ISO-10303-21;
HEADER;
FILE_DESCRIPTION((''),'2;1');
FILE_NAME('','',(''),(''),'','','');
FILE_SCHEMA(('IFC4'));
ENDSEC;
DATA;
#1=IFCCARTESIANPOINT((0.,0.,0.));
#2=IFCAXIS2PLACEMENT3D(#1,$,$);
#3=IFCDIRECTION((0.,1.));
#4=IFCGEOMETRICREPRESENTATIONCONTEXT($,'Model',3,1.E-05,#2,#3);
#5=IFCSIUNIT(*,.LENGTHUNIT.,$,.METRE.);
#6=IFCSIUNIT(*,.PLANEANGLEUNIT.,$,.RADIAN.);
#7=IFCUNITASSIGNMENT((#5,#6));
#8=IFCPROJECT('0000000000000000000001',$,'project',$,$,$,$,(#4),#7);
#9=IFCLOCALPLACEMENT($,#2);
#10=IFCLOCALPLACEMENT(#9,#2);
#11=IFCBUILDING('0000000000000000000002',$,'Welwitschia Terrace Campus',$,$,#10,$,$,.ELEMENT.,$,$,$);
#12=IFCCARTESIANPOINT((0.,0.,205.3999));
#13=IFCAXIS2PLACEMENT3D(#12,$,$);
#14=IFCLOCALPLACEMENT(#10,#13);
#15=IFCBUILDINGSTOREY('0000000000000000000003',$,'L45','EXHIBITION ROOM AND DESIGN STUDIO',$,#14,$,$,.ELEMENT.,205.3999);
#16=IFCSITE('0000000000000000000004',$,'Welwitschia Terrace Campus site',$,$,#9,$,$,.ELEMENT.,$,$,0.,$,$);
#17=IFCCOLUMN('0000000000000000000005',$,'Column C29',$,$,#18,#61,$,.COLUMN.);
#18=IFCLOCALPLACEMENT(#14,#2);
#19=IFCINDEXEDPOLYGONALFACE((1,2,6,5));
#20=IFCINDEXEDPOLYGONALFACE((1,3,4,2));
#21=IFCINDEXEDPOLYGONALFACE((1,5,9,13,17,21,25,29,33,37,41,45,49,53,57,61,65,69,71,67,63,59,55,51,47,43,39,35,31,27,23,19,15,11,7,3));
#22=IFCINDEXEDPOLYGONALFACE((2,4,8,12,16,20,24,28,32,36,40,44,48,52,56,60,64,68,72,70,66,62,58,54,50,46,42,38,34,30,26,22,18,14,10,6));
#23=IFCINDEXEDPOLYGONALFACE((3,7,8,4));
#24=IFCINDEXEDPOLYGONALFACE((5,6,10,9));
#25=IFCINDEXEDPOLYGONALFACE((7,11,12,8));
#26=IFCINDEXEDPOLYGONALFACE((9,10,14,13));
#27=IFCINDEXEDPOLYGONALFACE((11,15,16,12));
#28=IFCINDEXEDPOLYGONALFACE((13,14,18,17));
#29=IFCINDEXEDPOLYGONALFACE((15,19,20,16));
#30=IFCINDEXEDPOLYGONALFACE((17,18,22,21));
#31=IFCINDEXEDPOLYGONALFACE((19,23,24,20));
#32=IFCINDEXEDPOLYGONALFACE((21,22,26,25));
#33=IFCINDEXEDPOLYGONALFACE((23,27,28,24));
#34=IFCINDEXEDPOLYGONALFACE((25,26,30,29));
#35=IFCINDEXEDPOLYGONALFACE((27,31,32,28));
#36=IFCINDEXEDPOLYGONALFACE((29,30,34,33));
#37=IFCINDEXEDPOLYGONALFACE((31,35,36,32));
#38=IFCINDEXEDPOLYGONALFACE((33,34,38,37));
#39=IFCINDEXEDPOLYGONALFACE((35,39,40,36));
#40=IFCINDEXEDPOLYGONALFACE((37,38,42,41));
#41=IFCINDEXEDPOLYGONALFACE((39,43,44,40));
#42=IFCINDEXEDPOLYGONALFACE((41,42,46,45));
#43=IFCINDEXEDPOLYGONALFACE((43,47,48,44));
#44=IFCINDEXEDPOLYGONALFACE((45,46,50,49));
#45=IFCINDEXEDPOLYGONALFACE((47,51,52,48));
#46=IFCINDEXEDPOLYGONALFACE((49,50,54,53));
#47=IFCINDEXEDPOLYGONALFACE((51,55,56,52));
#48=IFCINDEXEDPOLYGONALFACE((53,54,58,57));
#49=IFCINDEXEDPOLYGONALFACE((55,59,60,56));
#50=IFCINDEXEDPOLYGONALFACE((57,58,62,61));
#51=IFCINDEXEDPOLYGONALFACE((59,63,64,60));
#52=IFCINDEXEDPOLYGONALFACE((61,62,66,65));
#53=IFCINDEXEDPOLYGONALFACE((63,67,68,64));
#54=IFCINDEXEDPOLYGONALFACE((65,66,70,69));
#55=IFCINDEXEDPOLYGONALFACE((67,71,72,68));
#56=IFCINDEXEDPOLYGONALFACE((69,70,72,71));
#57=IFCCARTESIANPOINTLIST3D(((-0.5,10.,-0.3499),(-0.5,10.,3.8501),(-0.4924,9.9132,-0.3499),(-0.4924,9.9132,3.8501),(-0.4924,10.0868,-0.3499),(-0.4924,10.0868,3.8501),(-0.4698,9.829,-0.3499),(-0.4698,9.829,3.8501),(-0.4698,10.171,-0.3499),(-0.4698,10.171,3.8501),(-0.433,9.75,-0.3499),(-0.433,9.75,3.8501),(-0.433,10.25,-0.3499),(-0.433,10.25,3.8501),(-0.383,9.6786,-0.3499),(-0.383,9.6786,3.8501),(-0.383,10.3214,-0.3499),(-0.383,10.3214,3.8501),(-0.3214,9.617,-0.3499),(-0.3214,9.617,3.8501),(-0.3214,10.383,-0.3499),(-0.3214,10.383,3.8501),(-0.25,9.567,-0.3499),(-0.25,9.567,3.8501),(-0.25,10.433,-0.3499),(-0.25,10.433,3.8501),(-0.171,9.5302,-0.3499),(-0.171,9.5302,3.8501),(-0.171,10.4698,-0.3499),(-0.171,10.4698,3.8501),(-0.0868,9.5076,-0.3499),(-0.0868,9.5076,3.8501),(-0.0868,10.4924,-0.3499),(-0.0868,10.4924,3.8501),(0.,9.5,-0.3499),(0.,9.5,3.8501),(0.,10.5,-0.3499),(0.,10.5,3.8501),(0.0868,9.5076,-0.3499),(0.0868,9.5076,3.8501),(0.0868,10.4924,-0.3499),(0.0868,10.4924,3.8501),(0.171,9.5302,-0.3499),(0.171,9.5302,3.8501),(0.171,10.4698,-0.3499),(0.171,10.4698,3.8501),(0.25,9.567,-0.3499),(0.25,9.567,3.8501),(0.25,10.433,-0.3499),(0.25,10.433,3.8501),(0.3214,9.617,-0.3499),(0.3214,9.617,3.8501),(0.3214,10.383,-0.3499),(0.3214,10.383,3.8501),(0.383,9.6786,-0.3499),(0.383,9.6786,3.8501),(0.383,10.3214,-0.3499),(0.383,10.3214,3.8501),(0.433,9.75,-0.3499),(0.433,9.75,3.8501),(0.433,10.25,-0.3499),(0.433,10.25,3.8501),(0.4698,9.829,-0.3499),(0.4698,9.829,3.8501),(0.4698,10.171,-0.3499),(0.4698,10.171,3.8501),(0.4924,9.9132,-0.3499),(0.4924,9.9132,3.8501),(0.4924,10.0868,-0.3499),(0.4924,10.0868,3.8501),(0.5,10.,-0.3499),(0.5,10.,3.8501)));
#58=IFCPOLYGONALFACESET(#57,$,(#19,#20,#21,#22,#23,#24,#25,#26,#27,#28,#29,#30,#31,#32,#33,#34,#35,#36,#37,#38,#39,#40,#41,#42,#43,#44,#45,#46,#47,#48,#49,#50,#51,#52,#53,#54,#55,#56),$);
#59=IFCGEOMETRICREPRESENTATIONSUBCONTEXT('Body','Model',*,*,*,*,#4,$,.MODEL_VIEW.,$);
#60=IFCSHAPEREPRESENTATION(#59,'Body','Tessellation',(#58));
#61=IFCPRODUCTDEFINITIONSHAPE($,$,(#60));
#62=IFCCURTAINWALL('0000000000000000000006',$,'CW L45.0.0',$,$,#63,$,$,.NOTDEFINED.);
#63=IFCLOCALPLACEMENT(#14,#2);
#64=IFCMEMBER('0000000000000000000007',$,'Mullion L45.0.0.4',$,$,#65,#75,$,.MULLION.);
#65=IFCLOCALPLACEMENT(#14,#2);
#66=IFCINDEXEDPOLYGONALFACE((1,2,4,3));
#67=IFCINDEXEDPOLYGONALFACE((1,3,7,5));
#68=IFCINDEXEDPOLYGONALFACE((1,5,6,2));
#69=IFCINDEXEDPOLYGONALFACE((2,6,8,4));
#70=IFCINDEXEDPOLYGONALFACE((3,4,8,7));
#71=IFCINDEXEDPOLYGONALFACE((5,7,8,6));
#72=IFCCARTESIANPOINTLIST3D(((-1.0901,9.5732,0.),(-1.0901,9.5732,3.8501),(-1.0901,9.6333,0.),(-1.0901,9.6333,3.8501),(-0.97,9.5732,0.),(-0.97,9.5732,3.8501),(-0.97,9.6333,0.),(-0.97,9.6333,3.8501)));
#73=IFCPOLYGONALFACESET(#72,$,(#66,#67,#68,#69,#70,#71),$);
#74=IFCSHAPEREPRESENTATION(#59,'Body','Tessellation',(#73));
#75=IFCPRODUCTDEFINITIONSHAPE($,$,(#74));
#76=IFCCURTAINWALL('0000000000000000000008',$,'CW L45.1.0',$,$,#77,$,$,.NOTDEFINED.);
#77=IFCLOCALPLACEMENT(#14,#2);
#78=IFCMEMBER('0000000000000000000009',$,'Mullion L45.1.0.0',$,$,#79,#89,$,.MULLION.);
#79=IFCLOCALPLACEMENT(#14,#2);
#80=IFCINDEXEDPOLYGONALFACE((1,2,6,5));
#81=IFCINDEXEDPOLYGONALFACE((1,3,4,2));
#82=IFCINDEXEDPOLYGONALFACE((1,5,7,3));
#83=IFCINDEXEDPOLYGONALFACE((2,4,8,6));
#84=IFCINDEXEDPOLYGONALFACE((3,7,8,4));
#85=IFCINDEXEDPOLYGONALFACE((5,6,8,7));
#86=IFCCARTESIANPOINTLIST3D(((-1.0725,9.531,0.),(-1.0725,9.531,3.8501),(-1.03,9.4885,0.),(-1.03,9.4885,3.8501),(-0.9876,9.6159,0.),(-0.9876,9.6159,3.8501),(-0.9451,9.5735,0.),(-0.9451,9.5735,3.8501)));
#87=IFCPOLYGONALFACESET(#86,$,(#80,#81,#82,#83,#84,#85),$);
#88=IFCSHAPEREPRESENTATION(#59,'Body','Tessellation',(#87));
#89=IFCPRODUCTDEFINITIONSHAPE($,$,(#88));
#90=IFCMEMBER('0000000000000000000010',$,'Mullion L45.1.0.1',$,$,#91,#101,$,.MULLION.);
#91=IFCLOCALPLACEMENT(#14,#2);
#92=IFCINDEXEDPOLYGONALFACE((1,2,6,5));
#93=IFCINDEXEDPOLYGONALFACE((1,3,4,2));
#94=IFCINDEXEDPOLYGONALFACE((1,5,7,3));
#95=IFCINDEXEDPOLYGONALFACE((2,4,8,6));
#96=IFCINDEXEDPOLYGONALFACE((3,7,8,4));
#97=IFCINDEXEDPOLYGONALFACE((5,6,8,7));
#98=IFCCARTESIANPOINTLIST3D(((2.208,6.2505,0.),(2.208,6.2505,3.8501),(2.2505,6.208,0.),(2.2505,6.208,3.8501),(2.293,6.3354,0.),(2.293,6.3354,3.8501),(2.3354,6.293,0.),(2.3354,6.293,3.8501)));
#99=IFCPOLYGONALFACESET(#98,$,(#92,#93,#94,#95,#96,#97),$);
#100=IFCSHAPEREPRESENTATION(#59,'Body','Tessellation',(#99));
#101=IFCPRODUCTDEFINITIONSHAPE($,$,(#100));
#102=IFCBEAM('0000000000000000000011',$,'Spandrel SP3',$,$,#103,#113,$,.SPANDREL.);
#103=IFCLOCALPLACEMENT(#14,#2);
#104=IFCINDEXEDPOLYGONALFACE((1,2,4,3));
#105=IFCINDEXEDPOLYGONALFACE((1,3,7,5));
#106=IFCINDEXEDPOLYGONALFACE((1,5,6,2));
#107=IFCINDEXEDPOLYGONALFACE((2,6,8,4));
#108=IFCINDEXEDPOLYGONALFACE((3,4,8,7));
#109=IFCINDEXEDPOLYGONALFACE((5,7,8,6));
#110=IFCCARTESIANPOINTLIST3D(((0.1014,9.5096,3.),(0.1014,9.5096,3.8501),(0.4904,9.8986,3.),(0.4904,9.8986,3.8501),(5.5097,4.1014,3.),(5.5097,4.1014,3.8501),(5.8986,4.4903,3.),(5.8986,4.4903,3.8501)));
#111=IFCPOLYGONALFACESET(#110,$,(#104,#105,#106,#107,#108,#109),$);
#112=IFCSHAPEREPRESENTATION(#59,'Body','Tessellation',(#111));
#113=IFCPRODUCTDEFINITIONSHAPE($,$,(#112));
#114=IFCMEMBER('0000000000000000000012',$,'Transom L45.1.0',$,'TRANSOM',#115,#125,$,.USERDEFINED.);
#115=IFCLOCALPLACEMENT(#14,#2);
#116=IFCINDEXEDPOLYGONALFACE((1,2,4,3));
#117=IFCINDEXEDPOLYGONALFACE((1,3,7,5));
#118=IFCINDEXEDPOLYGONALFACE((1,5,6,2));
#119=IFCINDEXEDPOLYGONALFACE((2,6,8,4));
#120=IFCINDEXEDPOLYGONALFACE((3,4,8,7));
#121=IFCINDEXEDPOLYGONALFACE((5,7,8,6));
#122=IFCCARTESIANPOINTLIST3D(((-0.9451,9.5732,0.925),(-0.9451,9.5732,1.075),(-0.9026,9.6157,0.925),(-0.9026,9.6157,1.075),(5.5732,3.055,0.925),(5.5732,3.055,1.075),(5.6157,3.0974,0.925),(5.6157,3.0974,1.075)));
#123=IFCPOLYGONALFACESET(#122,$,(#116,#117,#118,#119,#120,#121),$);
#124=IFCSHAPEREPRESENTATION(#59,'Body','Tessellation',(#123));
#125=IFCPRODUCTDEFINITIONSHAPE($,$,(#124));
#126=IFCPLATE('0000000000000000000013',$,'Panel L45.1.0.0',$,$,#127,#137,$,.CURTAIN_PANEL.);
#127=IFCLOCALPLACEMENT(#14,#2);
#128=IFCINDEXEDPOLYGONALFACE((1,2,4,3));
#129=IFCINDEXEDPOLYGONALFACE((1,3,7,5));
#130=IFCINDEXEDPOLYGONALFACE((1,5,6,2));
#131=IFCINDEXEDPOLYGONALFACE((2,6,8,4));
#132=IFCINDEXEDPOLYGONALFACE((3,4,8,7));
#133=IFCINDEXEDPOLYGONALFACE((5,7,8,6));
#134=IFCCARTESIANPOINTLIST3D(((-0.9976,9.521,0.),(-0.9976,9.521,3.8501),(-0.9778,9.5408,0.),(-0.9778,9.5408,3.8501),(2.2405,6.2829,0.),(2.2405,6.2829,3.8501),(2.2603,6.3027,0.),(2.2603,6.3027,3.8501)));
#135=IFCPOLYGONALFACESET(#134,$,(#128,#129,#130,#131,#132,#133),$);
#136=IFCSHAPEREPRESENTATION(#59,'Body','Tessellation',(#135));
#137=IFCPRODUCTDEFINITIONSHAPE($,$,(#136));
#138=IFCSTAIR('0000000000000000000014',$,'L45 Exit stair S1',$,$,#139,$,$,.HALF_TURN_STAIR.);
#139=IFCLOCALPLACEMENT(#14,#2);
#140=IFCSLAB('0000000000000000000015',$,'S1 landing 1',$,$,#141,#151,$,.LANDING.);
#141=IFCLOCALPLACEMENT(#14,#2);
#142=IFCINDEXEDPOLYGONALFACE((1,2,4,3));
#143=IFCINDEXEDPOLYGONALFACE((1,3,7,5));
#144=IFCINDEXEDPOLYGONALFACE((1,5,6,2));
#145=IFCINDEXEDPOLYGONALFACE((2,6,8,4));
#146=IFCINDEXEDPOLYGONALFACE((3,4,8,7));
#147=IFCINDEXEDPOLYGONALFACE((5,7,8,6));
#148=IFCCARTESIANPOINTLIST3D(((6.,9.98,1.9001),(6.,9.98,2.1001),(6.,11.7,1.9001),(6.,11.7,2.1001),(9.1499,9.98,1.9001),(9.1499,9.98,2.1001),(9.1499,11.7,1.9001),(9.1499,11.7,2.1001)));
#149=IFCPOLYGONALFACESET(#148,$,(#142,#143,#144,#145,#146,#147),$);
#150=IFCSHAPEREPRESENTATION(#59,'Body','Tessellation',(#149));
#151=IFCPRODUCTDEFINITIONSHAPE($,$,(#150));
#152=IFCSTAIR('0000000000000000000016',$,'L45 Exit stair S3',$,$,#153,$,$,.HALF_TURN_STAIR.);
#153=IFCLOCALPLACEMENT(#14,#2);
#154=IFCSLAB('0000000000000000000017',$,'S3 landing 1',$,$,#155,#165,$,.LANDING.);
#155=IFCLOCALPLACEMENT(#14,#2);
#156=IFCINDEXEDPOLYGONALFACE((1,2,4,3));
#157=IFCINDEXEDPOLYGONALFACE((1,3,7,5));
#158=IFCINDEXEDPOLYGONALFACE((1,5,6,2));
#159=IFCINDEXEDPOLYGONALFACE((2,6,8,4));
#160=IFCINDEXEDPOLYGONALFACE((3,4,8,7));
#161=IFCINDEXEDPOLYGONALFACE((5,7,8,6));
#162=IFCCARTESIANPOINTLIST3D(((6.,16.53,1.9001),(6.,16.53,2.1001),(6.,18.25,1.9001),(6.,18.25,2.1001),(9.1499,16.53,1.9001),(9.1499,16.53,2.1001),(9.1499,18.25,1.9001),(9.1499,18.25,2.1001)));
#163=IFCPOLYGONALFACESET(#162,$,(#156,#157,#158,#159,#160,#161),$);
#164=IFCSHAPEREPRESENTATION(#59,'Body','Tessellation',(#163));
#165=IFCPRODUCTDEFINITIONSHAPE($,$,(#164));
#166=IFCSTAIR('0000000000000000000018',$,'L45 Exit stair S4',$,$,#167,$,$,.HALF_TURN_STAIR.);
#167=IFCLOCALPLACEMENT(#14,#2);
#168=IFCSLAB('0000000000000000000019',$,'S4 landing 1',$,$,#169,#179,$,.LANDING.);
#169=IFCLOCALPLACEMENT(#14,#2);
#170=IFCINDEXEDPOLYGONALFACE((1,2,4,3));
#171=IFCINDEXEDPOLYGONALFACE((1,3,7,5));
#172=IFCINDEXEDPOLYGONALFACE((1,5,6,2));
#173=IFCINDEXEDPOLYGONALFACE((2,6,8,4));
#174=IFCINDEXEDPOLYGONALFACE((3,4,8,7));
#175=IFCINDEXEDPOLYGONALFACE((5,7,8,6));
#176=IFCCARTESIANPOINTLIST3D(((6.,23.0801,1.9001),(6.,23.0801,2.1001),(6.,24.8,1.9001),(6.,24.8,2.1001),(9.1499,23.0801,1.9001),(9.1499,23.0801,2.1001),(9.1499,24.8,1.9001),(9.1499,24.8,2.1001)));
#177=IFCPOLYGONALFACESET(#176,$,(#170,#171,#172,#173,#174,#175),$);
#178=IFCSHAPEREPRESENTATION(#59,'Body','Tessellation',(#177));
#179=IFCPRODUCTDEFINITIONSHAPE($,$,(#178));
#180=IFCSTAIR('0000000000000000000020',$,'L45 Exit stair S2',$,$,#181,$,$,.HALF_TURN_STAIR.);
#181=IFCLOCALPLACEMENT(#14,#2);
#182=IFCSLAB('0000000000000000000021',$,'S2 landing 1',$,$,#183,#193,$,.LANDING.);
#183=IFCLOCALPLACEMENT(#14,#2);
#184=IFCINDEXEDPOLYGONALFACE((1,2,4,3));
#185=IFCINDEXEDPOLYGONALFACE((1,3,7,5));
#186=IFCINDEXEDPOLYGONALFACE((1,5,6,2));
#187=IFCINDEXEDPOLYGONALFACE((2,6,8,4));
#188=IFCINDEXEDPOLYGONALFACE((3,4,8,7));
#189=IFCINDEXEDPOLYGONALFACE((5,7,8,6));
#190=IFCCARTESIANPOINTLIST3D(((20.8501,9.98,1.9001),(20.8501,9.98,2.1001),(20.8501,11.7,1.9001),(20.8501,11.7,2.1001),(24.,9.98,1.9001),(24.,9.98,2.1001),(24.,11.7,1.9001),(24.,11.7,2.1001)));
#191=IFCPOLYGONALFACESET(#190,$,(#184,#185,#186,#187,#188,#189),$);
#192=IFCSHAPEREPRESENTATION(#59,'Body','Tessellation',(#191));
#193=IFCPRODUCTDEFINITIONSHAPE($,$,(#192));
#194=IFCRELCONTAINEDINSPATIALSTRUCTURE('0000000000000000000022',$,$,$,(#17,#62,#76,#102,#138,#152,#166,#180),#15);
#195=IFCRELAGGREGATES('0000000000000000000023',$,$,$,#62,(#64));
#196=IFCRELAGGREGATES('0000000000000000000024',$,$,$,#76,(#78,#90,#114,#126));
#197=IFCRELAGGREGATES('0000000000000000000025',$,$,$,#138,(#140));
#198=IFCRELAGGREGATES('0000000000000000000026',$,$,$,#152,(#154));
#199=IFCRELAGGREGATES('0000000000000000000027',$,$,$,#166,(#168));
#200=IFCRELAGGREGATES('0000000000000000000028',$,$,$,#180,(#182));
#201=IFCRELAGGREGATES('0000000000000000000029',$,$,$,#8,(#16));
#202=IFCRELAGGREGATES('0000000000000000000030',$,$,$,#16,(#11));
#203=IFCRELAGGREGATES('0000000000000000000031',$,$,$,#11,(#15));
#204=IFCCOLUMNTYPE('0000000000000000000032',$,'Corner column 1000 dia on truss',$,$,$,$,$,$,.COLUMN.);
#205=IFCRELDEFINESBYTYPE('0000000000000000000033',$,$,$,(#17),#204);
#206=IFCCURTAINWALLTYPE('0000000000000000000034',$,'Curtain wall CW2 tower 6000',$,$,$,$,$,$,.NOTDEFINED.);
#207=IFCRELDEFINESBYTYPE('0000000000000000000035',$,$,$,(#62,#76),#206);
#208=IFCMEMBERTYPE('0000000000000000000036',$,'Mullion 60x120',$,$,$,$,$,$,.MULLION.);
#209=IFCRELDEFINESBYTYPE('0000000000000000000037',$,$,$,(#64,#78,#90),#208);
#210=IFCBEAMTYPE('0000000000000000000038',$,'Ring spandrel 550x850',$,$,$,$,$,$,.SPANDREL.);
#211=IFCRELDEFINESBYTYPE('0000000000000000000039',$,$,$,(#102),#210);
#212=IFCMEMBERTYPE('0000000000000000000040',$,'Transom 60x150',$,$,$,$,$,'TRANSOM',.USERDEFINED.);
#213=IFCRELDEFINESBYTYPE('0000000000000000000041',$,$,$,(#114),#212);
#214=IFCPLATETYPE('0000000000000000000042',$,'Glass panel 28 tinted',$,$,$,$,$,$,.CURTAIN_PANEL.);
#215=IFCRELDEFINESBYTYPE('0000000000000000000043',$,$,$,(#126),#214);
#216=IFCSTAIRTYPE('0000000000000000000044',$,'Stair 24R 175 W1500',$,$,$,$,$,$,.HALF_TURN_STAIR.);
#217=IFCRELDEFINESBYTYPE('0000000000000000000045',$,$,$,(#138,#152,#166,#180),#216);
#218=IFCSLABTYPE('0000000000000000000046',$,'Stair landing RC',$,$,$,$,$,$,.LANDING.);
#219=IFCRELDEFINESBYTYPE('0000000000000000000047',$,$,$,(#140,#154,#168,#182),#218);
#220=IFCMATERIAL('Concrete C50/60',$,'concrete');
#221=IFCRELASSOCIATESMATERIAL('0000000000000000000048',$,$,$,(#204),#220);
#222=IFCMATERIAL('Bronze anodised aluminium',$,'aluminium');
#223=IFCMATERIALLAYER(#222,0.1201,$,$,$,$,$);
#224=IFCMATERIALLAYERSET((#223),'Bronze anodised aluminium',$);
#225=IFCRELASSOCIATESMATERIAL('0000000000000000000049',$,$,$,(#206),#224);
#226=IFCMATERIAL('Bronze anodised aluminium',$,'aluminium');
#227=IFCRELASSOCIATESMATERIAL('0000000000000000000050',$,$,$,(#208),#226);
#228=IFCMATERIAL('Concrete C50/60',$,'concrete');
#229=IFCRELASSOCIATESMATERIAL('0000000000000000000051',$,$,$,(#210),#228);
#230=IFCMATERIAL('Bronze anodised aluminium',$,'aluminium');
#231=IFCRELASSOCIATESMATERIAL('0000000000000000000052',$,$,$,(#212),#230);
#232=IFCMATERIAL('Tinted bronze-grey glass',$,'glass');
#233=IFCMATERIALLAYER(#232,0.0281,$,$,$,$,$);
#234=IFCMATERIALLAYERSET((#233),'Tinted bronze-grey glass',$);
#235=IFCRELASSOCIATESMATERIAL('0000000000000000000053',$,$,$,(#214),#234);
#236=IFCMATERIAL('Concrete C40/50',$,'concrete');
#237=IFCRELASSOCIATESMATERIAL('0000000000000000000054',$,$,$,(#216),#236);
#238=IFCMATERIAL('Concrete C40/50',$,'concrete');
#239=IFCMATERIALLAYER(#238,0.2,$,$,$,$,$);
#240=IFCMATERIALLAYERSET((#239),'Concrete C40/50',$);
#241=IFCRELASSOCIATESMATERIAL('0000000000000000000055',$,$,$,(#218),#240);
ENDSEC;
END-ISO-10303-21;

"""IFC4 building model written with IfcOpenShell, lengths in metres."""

from ifc_helpers import new_model, si_unit, direction, frame, origin, origin_2d, place, context, subcontext, project, spatial, polyline, rectangle, circle, outline, extrude, material, layer, layer_set, material_profile, profile_set, type_object, element, aggregate, save


model = new_model("IFC4")

# Units and contexts
model_context = context("Model", 3, precision=1e-05, world=origin(), true_north=direction((0.0, 1.0)))
body_context = subcontext(model_context, "Body", "Model", "MODEL_VIEW")
ifc_project = project(units=[si_unit("LENGTHUNIT", "METRE"), si_unit("PLANEANGLEUNIT", "RADIAN")], contexts=[model_context])

# Site, building, storey
site_placement = place(None, origin())
site = spatial("IfcSite", under=ifc_project, at=site_placement, Name="Welwitschia Terrace Campus site", CompositionType="ELEMENT", RefElevation=0.0)
building_placement = place(site_placement, origin())
building = spatial("IfcBuilding", under=site, at=building_placement, Name="Welwitschia Terrace Campus", CompositionType="ELEMENT")
storey_placement = place(building_placement, frame((0.0, 0.0, 205.3999)))
storey = spatial("IfcBuildingStorey", under=building, at=storey_placement, Name="L45", Description="EXHIBITION ROOM AND DESIGN STUDIO", CompositionType="ELEMENT", Elevation=205.3999)

# Column
ifc_material_1 = material(Name="Concrete C50/60", Category="concrete")
ifc_material_profile_1 = material_profile(ifc_material_1, circle(Radius=0.5, at=origin_2d()))
ifc_profile_set_1 = profile_set([ifc_material_profile_1], Name="Concrete C50/60")
column_type = type_object("IfcColumnType", Name="Corner column 1000 dia on truss", PredefinedType="COLUMN", material=ifc_profile_set_1)
column_placement = place(storey_placement, frame((0.0, 10.0, -0.3499), z_axis=(0.0, 0.0, 1.0), x_axis=(1.0, 0.0, 0.0)))
element("IfcColumn", 1, at=column_placement, inside=storey, type_object=column_type, Name="Column C29", PredefinedType="COLUMN", context=body_context, shape_type="SweptSolid", body=[
    extrude(circle(Radius=0.5, at=origin_2d()), origin(), (0.0, 0.0, 1.0), 4.2),
])

# Curtain wall, member
ifc_material_2 = material(Name="Bronze anodised aluminium", Category="aluminium")
ifc_layer_1 = layer(ifc_material_2, 0.1201)
ifc_layer_set_1 = layer_set([ifc_layer_1], Name="Bronze anodised aluminium")
curtain_wall_type = type_object("IfcCurtainWallType", Name="Curtain wall CW2 tower 6000", PredefinedType="NOTDEFINED", material=ifc_layer_set_1)
curtain_wall_1_placement = place(storey_placement, origin())
curtain_wall_1 = element("IfcCurtainWall", 2, at=curtain_wall_1_placement, inside=storey, type_object=curtain_wall_type, Name="CW L45.0.0", PredefinedType="NOTDEFINED")
ifc_material_3 = material(Name="Bronze anodised aluminium", Category="aluminium")
ifc_material_profile_2 = material_profile(ifc_material_3, rectangle(XDim=0.1201, YDim=0.0601, at=origin_2d()))
ifc_profile_set_2 = profile_set([ifc_material_profile_2], Name="Bronze anodised aluminium")
member_type_1 = type_object("IfcMemberType", Name="Mullion 60x120", PredefinedType="MULLION", material=ifc_profile_set_2)
member_1_placement = place(storey_placement, frame((-1.03, 9.6033, 0.0), z_axis=(0.0, 0.0, 1.0), x_axis=(1.0, 0.0, 0.0)))
member_1 = element("IfcMember", 3, at=member_1_placement, type_object=member_type_1, Name="Mullion L45.0.0.4", PredefinedType="MULLION", context=body_context, shape_type="SweptSolid", body=[
    extrude(rectangle(XDim=0.1201, YDim=0.0601, at=origin_2d()), origin(), (0.0, 0.0, 1.0), 3.8501),
])
aggregate(curtain_wall_1, [member_1])

# Curtain wall, members
curtain_wall_2_placement = place(storey_placement, origin())
curtain_wall_2 = element("IfcCurtainWall", 4, at=curtain_wall_2_placement, inside=storey, type_object=curtain_wall_type, Name="CW L45.1.0", PredefinedType="NOTDEFINED")
member_2_placement = place(storey_placement, frame((-1.0088, 9.5522, 0.0), z_axis=(0.0, 0.0, 1.0), x_axis=(0.707107, 0.707107, 0.0)))
member_2 = element("IfcMember", 5, at=member_2_placement, type_object=member_type_1, Name="Mullion L45.1.0.0", PredefinedType="MULLION", context=body_context, shape_type="SweptSolid", body=[
    extrude(rectangle(XDim=0.1201, YDim=0.0601, at=origin_2d()), origin(), (0.0, 0.0, 1.0), 3.8501),
])
member_3_placement = place(storey_placement, frame((2.2717, 6.2717, 0.0), z_axis=(0.0, 0.0, 1.0), x_axis=(0.707107, 0.707107, 0.0)))
member_3 = element("IfcMember", 6, at=member_3_placement, type_object=member_type_1, Name="Mullion L45.1.0.1", PredefinedType="MULLION", context=body_context, shape_type="SweptSolid", body=[
    extrude(rectangle(XDim=0.1201, YDim=0.0601, at=origin_2d()), origin(), (0.0, 0.0, 1.0), 3.8501),
])

# Beam
ifc_material_4 = material(Name="Concrete C50/60", Category="concrete")
ifc_material_profile_3 = material_profile(ifc_material_4, rectangle(XDim=0.55, YDim=0.8501, at=origin_2d()))
ifc_profile_set_3 = profile_set([ifc_material_profile_3], Name="Concrete C50/60")
beam_type = type_object("IfcBeamType", Name="Ring spandrel 550x850", PredefinedType="SPANDREL", material=ifc_profile_set_3)
beam_placement = place(storey_placement, frame((0.2959, 9.7041, 3.425), z_axis=(0.707107, -0.707107, 0.0), x_axis=(0.707107, 0.707107, 0.0)))
element("IfcBeam", 7, at=beam_placement, inside=storey, type_object=beam_type, Name="Spandrel SP3", PredefinedType="SPANDREL", context=body_context, shape_type="SweptSolid", body=[
    extrude(rectangle(XDim=0.55, YDim=0.8501, at=origin_2d()), origin(), (0.0, 0.0, 1.0), 7.6484),
])

# Member
ifc_material_5 = material(Name="Bronze anodised aluminium", Category="aluminium")
ifc_material_profile_4 = material_profile(ifc_material_5, rectangle(XDim=0.0601, YDim=0.1499, at=origin_2d()))
ifc_profile_set_4 = profile_set([ifc_material_profile_4], Name="Bronze anodised aluminium")
member_type_2 = type_object("IfcMemberType", Name="Transom 60x150", ElementType="TRANSOM", PredefinedType="USERDEFINED", material=ifc_profile_set_4)
member_4_placement = place(storey_placement, frame((-0.9238, 9.5945, 1.0), z_axis=(0.707107, -0.707107, 0.0), x_axis=(0.707107, 0.707107, 0.0)))
member_4 = element("IfcMember", 8, at=member_4_placement, type_object=member_type_2, Name="Transom L45.1.0", ObjectType="TRANSOM", PredefinedType="USERDEFINED", context=body_context, shape_type="SweptSolid", body=[
    extrude(rectangle(XDim=0.0601, YDim=0.1499, at=origin_2d()), origin(), (0.0, 0.0, 1.0), 9.2183),
])

# Plate
ifc_material_6 = material(Name="Tinted bronze-grey glass", Category="glass")
ifc_layer_2 = layer(ifc_material_6, 0.0281)
ifc_layer_set_2 = layer_set([ifc_layer_2], Name="Tinted bronze-grey glass")
plate_type = type_object("IfcPlateType", Name="Glass panel 28 tinted", PredefinedType="CURTAIN_PANEL", material=ifc_layer_set_2)
plate_placement = place(storey_placement, frame((0.6313, 7.9119, 0.0), z_axis=(0.0, 0.0, 1.0), x_axis=(0.707107, -0.707107, 0.0)))
plate = element("IfcPlate", 9, at=plate_placement, type_object=plate_type, Name="Panel L45.1.0.0", PredefinedType="CURTAIN_PANEL", context=body_context, shape_type="SweptSolid", body=[
    extrude(rectangle(XDim=4.5793, YDim=0.0281, at=origin_2d()), origin(), (0.0, 0.0, 1.0), 3.8501),
])
aggregate(curtain_wall_2, [member_2, member_3, member_4, plate])

# Stairs, slabs
ifc_material_7 = material(Name="Concrete C40/50", Category="concrete")
stair_type = type_object("IfcStairType", Name="Stair 24R 175 W1500", PredefinedType="HALF_TURN_STAIR", material=ifc_material_7)
stair_1_placement = place(storey_placement, origin())
stair_1 = element("IfcStair", 10, at=stair_1_placement, inside=storey, type_object=stair_type, Name="L45 Exit stair S1", PredefinedType="HALF_TURN_STAIR")
ifc_material_8 = material(Name="Concrete C40/50", Category="concrete")
ifc_layer_3 = layer(ifc_material_8, 0.2)
ifc_layer_set_3 = layer_set([ifc_layer_3], Name="Concrete C40/50")
slab_type_1 = type_object("IfcSlabType", Name="Stair landing RC", PredefinedType="LANDING", material=ifc_layer_set_3)
slab_1_placement = place(storey_placement, frame((0.0, 0.0, 1.9001)))
slab_1 = element("IfcSlab", 11, at=slab_1_placement, type_object=slab_type_1, Name="S1 landing 1", PredefinedType="LANDING", context=body_context, shape_type="SweptSolid", body=[
    extrude(outline(polyline([(9.1499, 9.98), (9.1499, 11.7), (6.0, 11.7), (6.0, 9.98), (9.1499, 9.98)])), origin(), (0.0, 0.0, 1.0), 0.2),
])
aggregate(stair_1, [slab_1])
stair_2_placement = place(storey_placement, origin())
stair_2 = element("IfcStair", 12, at=stair_2_placement, inside=storey, type_object=stair_type, Name="L45 Exit stair S3", PredefinedType="HALF_TURN_STAIR")
slab_2_placement = place(storey_placement, frame((0.0, 0.0, 1.9001)))
slab_2 = element("IfcSlab", 13, at=slab_2_placement, type_object=slab_type_1, Name="S3 landing 1", PredefinedType="LANDING", context=body_context, shape_type="SweptSolid", body=[
    extrude(outline(polyline([(9.1499, 16.53), (9.1499, 18.25), (6.0, 18.25), (6.0, 16.53), (9.1499, 16.53)])), origin(), (0.0, 0.0, 1.0), 0.2),
])
aggregate(stair_2, [slab_2])
stair_3_placement = place(storey_placement, origin())
stair_3 = element("IfcStair", 14, at=stair_3_placement, inside=storey, type_object=stair_type, Name="L45 Exit stair S4", PredefinedType="HALF_TURN_STAIR")
slab_3_placement = place(storey_placement, frame((0.0, 0.0, 1.9001)))
slab_3 = element("IfcSlab", 15, at=slab_3_placement, type_object=slab_type_1, Name="S4 landing 1", PredefinedType="LANDING", context=body_context, shape_type="SweptSolid", body=[
    extrude(outline(polyline([(9.1499, 23.0801), (9.1499, 24.8), (6.0, 24.8), (6.0, 23.0801), (9.1499, 23.0801)])), origin(), (0.0, 0.0, 1.0), 0.2),
])
aggregate(stair_3, [slab_3])
stair_4_placement = place(storey_placement, origin())
stair_4 = element("IfcStair", 16, at=stair_4_placement, inside=storey, type_object=stair_type, Name="L45 Exit stair S2", PredefinedType="HALF_TURN_STAIR")
slab_4_placement = place(storey_placement, frame((0.0, 0.0, 1.9001)))
slab_4 = element("IfcSlab", 17, at=slab_4_placement, type_object=slab_type_1, Name="S2 landing 1", PredefinedType="LANDING", context=body_context, shape_type="SweptSolid", body=[
    extrude(outline(polyline([(24.0, 9.98), (24.0, 11.7), (20.8501, 11.7), (20.8501, 9.98), (24.0, 9.98)])), origin(), (0.0, 0.0, 1.0), 0.2),
])
aggregate(stair_4, [slab_4])

save(model, "model.ifc")
